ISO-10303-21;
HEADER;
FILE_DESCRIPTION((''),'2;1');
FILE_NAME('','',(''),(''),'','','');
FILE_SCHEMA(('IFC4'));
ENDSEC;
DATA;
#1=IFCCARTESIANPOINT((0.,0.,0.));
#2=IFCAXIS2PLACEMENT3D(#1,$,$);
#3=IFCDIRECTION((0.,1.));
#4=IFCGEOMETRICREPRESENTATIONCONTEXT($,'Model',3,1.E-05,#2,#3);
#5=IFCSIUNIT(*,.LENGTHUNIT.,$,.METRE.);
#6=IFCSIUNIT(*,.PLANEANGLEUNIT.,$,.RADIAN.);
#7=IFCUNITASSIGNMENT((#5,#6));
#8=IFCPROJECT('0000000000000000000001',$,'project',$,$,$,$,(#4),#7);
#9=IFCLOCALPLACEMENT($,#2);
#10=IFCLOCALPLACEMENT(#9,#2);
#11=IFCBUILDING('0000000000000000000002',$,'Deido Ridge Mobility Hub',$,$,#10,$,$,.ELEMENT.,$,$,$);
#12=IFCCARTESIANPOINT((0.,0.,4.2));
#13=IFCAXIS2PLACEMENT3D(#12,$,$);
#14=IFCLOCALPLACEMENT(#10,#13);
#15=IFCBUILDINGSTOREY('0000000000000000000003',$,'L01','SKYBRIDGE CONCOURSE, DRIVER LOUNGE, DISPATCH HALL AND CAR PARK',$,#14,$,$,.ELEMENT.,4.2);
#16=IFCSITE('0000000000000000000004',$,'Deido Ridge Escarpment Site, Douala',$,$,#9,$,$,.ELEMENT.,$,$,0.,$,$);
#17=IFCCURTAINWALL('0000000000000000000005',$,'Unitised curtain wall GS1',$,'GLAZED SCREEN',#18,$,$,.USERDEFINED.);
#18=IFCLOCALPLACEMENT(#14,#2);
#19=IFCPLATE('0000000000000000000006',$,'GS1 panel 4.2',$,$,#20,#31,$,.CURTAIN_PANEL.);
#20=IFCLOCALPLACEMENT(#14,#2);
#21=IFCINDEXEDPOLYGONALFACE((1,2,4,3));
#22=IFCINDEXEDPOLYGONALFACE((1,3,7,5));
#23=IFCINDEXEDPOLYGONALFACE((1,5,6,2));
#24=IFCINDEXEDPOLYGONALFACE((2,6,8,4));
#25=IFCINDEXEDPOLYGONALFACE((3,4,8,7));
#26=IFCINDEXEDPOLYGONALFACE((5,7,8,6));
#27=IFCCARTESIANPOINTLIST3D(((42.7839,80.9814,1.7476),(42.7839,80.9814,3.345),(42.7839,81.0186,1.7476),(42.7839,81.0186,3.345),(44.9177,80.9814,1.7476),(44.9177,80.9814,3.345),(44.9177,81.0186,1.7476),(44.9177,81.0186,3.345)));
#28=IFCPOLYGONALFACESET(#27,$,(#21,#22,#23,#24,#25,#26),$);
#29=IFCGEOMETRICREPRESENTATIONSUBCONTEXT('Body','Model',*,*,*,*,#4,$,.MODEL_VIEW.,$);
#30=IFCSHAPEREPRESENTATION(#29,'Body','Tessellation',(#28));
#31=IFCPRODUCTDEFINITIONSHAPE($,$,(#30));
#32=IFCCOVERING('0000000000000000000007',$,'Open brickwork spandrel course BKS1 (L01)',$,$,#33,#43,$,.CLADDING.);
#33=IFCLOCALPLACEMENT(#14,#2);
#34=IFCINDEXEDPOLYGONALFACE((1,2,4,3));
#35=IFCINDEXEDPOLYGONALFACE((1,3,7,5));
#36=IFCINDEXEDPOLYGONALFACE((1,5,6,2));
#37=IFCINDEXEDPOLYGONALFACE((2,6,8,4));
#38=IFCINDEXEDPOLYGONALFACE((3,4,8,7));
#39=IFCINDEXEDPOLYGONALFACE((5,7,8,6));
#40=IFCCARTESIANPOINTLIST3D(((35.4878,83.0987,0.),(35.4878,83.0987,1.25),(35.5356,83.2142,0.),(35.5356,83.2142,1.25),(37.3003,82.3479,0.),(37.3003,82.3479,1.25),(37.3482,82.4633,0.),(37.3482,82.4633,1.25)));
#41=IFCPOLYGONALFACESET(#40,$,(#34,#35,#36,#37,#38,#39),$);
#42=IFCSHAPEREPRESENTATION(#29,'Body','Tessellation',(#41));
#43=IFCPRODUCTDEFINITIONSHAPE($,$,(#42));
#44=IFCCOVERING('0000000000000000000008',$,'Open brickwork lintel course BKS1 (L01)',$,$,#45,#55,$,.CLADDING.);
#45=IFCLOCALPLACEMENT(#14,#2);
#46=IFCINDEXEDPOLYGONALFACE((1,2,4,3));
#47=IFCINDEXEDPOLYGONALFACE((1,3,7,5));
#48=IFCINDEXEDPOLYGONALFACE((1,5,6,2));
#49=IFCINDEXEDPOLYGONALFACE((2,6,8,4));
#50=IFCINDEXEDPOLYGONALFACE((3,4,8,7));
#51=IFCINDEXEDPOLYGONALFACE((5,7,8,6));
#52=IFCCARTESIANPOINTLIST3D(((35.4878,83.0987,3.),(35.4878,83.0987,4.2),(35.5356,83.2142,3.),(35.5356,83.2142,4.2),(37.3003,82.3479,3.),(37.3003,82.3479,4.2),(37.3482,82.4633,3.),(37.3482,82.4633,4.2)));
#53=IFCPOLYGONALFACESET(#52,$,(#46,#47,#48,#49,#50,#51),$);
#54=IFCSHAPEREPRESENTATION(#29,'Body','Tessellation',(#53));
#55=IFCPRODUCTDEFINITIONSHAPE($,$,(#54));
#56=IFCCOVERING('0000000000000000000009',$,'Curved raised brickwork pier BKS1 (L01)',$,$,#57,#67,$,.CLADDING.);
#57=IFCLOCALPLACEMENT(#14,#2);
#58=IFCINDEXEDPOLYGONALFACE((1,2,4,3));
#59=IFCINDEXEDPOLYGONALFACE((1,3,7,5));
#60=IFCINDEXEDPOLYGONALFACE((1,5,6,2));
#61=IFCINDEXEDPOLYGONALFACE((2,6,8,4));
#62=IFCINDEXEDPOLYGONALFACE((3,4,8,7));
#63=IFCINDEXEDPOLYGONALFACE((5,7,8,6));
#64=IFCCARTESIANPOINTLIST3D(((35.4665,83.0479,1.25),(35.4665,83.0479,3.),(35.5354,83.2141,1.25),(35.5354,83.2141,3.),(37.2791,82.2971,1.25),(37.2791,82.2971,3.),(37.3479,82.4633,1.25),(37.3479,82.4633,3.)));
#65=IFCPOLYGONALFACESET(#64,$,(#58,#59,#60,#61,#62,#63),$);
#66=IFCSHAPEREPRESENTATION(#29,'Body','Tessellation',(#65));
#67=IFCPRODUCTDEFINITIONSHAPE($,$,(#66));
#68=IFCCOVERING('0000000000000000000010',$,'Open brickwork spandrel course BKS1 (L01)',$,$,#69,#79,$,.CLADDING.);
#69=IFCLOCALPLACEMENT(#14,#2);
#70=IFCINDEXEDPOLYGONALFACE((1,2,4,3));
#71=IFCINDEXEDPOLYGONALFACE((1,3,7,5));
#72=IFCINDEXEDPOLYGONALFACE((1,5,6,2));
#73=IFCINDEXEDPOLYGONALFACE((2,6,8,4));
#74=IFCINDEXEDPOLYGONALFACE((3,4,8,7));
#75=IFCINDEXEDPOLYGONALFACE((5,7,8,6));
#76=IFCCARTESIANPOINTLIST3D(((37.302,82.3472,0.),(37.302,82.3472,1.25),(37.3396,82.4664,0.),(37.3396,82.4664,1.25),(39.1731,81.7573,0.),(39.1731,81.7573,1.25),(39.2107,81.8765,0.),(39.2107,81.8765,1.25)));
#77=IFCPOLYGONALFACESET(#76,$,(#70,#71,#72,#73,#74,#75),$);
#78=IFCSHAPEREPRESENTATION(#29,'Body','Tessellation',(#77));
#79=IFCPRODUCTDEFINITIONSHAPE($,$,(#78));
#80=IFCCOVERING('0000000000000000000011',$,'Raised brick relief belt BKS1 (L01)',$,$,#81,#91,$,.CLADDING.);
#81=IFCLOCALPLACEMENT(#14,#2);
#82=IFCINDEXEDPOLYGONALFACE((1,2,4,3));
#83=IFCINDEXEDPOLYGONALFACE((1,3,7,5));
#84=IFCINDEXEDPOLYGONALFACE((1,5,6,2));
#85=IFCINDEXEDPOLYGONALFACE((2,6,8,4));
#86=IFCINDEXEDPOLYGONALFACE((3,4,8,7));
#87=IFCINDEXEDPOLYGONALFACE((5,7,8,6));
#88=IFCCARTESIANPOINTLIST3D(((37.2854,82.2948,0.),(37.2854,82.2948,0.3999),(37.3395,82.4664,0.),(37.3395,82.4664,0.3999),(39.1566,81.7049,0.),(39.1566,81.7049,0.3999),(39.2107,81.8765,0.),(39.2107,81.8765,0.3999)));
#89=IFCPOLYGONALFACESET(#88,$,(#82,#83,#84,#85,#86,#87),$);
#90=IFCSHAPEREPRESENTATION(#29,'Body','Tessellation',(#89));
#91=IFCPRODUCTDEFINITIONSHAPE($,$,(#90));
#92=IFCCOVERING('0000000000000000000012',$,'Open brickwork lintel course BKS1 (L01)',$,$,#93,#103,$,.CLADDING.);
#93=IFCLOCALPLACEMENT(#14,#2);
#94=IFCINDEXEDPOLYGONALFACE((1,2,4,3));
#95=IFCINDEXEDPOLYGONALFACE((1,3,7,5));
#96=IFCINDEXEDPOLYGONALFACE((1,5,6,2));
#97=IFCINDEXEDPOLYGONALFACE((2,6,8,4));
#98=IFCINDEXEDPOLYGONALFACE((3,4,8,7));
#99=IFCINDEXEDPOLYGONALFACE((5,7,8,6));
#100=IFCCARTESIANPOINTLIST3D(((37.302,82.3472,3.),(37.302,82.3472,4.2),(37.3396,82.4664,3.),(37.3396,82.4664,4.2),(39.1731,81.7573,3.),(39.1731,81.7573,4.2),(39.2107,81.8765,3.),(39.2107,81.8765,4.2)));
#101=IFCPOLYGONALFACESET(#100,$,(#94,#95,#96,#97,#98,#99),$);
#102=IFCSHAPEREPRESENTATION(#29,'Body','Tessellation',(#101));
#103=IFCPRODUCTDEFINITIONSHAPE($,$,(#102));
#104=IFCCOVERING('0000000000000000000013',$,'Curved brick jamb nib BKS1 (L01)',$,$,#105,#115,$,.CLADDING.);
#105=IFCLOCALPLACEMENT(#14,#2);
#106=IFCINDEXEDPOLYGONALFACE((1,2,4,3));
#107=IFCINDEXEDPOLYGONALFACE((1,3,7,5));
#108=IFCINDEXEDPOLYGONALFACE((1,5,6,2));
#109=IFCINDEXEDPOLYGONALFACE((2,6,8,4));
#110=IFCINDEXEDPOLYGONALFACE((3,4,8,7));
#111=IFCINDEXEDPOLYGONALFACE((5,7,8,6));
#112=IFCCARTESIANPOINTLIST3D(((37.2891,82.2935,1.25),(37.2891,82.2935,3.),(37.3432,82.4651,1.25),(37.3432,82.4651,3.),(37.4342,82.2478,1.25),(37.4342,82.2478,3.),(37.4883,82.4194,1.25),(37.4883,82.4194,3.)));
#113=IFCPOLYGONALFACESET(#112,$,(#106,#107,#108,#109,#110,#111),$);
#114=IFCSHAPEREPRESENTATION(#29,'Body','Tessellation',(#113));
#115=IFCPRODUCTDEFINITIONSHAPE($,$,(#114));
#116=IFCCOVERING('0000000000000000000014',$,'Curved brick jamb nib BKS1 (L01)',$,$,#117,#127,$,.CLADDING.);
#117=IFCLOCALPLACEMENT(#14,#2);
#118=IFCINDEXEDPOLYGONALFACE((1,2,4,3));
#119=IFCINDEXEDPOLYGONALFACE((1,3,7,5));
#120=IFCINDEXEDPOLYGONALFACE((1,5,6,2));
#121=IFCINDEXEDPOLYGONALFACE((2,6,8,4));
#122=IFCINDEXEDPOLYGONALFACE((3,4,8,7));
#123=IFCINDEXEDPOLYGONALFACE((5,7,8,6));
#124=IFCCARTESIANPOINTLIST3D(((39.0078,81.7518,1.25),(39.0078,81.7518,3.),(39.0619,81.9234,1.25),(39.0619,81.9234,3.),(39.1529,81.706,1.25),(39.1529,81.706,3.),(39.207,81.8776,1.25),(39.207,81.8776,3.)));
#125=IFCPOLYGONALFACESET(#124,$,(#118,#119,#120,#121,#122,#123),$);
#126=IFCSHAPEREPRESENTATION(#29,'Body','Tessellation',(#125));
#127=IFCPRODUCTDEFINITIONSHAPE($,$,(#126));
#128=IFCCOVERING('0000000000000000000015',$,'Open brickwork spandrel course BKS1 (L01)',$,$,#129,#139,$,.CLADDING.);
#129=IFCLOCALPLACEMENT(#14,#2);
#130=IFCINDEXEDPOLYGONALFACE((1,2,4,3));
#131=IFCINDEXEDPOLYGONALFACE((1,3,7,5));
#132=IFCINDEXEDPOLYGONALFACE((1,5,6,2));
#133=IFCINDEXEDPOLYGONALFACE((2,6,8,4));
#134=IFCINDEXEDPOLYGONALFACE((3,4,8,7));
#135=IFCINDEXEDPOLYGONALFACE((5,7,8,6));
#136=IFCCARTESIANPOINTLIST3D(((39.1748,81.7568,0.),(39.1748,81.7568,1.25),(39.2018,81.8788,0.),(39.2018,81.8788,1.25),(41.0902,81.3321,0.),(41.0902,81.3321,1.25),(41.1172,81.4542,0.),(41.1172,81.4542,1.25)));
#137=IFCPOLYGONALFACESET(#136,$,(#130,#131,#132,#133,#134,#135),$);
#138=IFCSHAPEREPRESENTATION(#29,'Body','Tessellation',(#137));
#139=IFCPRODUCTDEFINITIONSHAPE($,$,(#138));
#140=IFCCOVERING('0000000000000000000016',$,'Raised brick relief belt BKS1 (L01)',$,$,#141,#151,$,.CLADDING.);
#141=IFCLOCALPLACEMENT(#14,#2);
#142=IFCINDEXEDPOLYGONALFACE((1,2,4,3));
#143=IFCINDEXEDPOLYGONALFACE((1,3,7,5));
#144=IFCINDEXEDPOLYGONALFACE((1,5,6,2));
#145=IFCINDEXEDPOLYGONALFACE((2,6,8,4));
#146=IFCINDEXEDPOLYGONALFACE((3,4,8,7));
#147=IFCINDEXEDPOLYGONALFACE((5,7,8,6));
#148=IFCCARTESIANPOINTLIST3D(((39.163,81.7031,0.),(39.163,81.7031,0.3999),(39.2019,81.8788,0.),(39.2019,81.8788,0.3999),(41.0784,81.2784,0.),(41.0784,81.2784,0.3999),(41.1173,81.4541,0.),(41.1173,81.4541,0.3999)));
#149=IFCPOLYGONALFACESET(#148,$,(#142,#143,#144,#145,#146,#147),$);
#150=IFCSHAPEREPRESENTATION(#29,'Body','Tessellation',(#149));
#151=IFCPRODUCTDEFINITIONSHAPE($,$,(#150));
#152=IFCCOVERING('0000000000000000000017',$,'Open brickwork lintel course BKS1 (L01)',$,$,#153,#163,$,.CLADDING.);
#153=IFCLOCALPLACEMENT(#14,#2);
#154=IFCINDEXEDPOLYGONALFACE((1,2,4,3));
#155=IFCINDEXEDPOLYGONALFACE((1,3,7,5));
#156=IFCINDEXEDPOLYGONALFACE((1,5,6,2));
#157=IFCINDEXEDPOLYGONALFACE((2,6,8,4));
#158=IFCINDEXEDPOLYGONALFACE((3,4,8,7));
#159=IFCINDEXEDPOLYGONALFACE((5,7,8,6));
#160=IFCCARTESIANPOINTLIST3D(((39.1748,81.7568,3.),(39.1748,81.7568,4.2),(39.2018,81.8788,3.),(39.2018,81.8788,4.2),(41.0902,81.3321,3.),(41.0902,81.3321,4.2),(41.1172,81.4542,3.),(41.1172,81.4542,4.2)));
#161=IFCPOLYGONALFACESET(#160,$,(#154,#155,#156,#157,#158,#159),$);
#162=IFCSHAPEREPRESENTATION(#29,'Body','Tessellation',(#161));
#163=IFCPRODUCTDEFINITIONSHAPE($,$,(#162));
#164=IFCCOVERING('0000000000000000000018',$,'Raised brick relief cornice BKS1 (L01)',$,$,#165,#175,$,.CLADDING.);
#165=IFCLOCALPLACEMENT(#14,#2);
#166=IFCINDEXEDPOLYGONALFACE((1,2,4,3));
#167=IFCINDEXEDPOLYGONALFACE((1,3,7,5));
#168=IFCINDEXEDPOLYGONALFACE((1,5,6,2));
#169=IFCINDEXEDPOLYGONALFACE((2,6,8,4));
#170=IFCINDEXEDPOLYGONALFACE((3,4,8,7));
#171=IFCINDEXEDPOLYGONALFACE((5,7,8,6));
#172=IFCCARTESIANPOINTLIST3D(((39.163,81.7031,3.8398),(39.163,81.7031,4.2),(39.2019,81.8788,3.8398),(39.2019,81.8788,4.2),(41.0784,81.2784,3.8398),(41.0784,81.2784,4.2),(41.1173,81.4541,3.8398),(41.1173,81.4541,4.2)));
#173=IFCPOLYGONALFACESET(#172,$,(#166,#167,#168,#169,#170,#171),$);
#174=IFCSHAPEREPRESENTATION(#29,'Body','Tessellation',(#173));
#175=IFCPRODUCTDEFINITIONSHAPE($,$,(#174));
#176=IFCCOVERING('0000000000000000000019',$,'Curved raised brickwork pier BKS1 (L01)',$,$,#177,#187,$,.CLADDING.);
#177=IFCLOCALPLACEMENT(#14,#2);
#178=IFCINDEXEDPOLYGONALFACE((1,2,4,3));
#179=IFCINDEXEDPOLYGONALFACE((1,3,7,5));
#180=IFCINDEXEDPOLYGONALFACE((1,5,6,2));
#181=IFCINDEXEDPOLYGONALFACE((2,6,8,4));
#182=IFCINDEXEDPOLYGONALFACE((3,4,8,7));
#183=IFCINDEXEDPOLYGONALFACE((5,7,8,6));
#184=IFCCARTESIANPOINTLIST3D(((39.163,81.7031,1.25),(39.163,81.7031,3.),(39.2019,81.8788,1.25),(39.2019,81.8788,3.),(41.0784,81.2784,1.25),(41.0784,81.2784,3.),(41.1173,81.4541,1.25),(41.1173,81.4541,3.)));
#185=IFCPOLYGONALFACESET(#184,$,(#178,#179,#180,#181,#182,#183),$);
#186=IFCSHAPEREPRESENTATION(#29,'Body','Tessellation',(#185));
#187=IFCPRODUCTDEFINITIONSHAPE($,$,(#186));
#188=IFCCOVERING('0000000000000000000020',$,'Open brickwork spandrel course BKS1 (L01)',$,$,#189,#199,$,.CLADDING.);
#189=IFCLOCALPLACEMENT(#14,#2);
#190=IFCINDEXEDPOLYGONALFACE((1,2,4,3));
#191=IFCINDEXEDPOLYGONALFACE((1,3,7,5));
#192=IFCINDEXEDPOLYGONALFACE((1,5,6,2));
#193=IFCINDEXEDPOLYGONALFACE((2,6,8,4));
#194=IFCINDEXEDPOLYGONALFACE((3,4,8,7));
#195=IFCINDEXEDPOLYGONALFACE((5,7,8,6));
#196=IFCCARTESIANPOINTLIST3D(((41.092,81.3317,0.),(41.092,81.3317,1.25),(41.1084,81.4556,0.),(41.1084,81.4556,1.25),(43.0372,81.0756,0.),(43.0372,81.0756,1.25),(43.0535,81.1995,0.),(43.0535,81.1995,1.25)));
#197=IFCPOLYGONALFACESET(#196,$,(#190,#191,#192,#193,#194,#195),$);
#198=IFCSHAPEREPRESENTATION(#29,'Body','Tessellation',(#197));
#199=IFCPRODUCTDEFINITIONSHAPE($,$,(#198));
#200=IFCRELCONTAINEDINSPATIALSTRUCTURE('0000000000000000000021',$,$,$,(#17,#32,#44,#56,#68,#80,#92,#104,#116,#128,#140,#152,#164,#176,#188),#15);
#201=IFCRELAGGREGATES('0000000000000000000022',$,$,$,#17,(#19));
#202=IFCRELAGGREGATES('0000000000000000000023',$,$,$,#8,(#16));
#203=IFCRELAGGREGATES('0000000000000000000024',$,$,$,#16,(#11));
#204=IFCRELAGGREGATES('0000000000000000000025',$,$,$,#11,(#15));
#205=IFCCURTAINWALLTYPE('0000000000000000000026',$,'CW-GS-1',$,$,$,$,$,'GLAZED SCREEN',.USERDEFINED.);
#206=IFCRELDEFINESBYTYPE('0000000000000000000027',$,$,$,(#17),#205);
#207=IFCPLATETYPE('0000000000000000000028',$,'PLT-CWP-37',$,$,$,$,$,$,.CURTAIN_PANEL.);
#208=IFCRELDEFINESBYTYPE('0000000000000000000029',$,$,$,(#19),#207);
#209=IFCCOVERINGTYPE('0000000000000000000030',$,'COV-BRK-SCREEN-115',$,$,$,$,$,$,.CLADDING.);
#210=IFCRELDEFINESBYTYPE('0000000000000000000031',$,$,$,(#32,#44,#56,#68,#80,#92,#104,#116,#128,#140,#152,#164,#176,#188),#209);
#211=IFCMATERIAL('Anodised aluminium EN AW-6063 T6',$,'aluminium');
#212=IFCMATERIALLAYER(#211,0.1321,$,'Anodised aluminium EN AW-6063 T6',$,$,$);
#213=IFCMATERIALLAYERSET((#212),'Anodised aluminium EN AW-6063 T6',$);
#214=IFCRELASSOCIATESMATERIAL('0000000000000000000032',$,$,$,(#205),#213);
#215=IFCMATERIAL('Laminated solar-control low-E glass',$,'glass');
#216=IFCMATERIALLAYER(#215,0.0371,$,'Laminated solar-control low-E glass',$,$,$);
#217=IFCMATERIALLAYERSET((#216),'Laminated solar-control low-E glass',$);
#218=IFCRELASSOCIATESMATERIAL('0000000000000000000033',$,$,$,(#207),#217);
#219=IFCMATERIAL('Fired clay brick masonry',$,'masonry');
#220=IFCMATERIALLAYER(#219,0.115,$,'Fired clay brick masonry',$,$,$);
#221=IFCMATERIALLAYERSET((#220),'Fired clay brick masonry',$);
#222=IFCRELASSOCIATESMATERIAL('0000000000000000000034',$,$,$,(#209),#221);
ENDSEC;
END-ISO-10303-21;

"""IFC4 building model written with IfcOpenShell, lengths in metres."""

from ifc_helpers import new_model, si_unit, direction, frame, origin, origin_2d, place, context, subcontext, project, spatial, rectangle, extrude, material, layer, layer_set, type_object, element, aggregate, save


model = new_model("IFC4")

# Units and contexts
model_context = context("Model", 3, precision=1e-05, world=origin(), true_north=direction((0.0, 1.0)))
body_context = subcontext(model_context, "Body", "Model", "MODEL_VIEW")
ifc_project = project(units=[si_unit("LENGTHUNIT", "METRE"), si_unit("PLANEANGLEUNIT", "RADIAN")], contexts=[model_context])

# Site, building, storey
site_placement = place(None, origin())
site = spatial("IfcSite", under=ifc_project, at=site_placement, Name="Deido Ridge Escarpment Site, Douala", CompositionType="ELEMENT", RefElevation=0.0)
building_placement = place(site_placement, origin())
building = spatial("IfcBuilding", under=site, at=building_placement, Name="Deido Ridge Mobility Hub", CompositionType="ELEMENT")
storey_placement = place(building_placement, frame((0.0, 0.0, 4.2)))
storey = spatial("IfcBuildingStorey", under=building, at=storey_placement, Name="L01", Description="SKYBRIDGE CONCOURSE, DRIVER LOUNGE, DISPATCH HALL AND CAR PARK", CompositionType="ELEMENT", Elevation=4.2)

# Curtain wall, plate
ifc_material_1 = material(Name="Anodised aluminium EN AW-6063 T6", Category="aluminium")
ifc_layer_1 = layer(ifc_material_1, 0.1321, Name="Anodised aluminium EN AW-6063 T6")
ifc_layer_set_1 = layer_set([ifc_layer_1], Name="Anodised aluminium EN AW-6063 T6")
curtain_wall_type = type_object("IfcCurtainWallType", Name="CW-GS-1", ElementType="GLAZED SCREEN", PredefinedType="USERDEFINED", material=ifc_layer_set_1)
curtain_wall_placement = place(storey_placement, origin())
curtain_wall = element("IfcCurtainWall", 1, at=curtain_wall_placement, inside=storey, type_object=curtain_wall_type, Name="Unitised curtain wall GS1", ObjectType="GLAZED SCREEN", PredefinedType="USERDEFINED")
ifc_material_2 = material(Name="Laminated solar-control low-E glass", Category="glass")
ifc_layer_2 = layer(ifc_material_2, 0.0371, Name="Laminated solar-control low-E glass")
ifc_layer_set_2 = layer_set([ifc_layer_2], Name="Laminated solar-control low-E glass")
plate_type = type_object("IfcPlateType", Name="PLT-CWP-37", PredefinedType="CURTAIN_PANEL", material=ifc_layer_set_2)
plate_1_placement = place(storey_placement, frame((43.8508, 81.0, 1.7476), z_axis=(0.0, 0.0, 1.0), x_axis=(1.0, 0.0, 0.0)))
plate_1 = element("IfcPlate", 2, at=plate_1_placement, type_object=plate_type, Name="GS1 panel 4.2", PredefinedType="CURTAIN_PANEL", context=body_context, shape_type="SweptSolid", body=[
    extrude(rectangle(XDim=2.1338, YDim=0.0371, at=origin_2d()), origin(), (0.0, 0.0, 1.0), 1.5974),
])
aggregate(curtain_wall, [plate_1])

# Coverings
ifc_material_3 = material(Name="Fired clay brick masonry", Category="masonry")
ifc_layer_3 = layer(ifc_material_3, 0.115, Name="Fired clay brick masonry")
ifc_layer_set_3 = layer_set([ifc_layer_3], Name="Fired clay brick masonry")
covering_type = type_object("IfcCoveringType", Name="COV-BRK-SCREEN-115", PredefinedType="CLADDING", material=ifc_layer_set_3)
covering_1_placement = place(storey_placement, frame((36.418, 82.781, 0.0), z_axis=(0.0, 0.0, 1.0), x_axis=(0.923873, -0.3827, 0.0)))
element("IfcCovering", 3, at=covering_1_placement, inside=storey, type_object=covering_type, Name="Open brickwork spandrel course BKS1 (L01)", PredefinedType="CLADDING", context=body_context, shape_type="SweptSolid", body=[
    extrude(rectangle(XDim=1.9619, YDim=0.125, at=origin_2d()), origin(), (0.0, 0.0, 1.0), 1.25),
])
covering_2_placement = place(storey_placement, frame((36.418, 82.781, 3.0), z_axis=(0.0, 0.0, 1.0), x_axis=(0.923873, -0.3827, 0.0)))
element("IfcCovering", 4, at=covering_2_placement, inside=storey, type_object=covering_type, Name="Open brickwork lintel course BKS1 (L01)", PredefinedType="CLADDING", context=body_context, shape_type="SweptSolid", body=[
    extrude(rectangle(XDim=1.9619, YDim=0.125, at=origin_2d()), origin(), (0.0, 0.0, 1.0), 1.2),
])
covering_3_placement = place(storey_placement, frame((36.4072, 82.7556, 1.25), z_axis=(0.0, 0.0, 1.0), x_axis=(0.923873, -0.3827, 0.0)))
element("IfcCovering", 5, at=covering_3_placement, inside=storey, type_object=covering_type, Name="Curved raised brickwork pier BKS1 (L01)", PredefinedType="CLADDING", context=body_context, shape_type="SweptSolid", body=[
    extrude(rectangle(XDim=1.9619, YDim=0.1799, at=origin_2d()), origin(), (0.0, 0.0, 1.0), 1.75),
])
covering_4_placement = place(storey_placement, frame((38.2563, 82.1118, 0.0), z_axis=(0.0, 0.0, 1.0), x_axis=(0.953727, -0.300673, 0.0)))
element("IfcCovering", 6, at=covering_4_placement, inside=storey, type_object=covering_type, Name="Open brickwork spandrel course BKS1 (L01)", PredefinedType="CLADDING", context=body_context, shape_type="SweptSolid", body=[
    extrude(rectangle(XDim=1.9619, YDim=0.125, at=origin_2d()), origin(), (0.0, 0.0, 1.0), 1.25),
])
covering_5_placement = place(storey_placement, frame((38.248, 82.0857, 0.0), z_axis=(0.0, 0.0, 1.0), x_axis=(0.953727, -0.300673, 0.0)))
element("IfcCovering", 7, at=covering_5_placement, inside=storey, type_object=covering_type, Name="Raised brick relief belt BKS1 (L01)", PredefinedType="CLADDING", context=body_context, shape_type="SweptSolid", body=[
    extrude(rectangle(XDim=1.9619, YDim=0.1799, at=origin_2d()), origin(), (0.0, 0.0, 1.0), 0.3999),
])
covering_6_placement = place(storey_placement, frame((38.2563, 82.1118, 3.0), z_axis=(0.0, 0.0, 1.0), x_axis=(0.953727, -0.300673, 0.0)))
element("IfcCovering", 8, at=covering_6_placement, inside=storey, type_object=covering_type, Name="Open brickwork lintel course BKS1 (L01)", PredefinedType="CLADDING", context=body_context, shape_type="SweptSolid", body=[
    extrude(rectangle(XDim=1.9619, YDim=0.125, at=origin_2d()), origin(), (0.0, 0.0, 1.0), 1.2),
])
for number, where, z_axis, x_axis, name in (
    (9, (37.3887, 82.3564, 1.25), (0.0, 0.0, 1.0), (0.953727, -0.300673, 0.0), "Curved brick jamb nib BKS1 (L01)"),
    (10, (39.1074, 81.8147, 1.25), (0.0, 0.0, 1.0), (0.953727, -0.300673, 0.0), "Curved brick jamb nib BKS1 (L01)"),
):
    element("IfcCovering", number, at=place(storey_placement, frame(where, z_axis=z_axis, x_axis=x_axis)), inside=storey, type_object=covering_type, Name=name, PredefinedType="CLADDING", context=body_context, shape_type="SweptSolid", body=[
        extrude(rectangle(XDim=0.1521, YDim=0.1799, at=origin_2d()), origin(), (0.0, 0.0, 1.0), 1.75),
    ])
covering_7_placement = place(storey_placement, frame((40.146, 81.6055, 0.0), z_axis=(0.0, 0.0, 1.0), x_axis=(0.976292, -0.216457, 0.0)))
element("IfcCovering", 11, at=covering_7_placement, inside=storey, type_object=covering_type, Name="Open brickwork spandrel course BKS1 (L01)", PredefinedType="CLADDING", context=body_context, shape_type="SweptSolid", body=[
    extrude(rectangle(XDim=1.9619, YDim=0.125, at=origin_2d()), origin(), (0.0, 0.0, 1.0), 1.25),
])
covering_8_placement = place(storey_placement, frame((40.1401, 81.5786, 0.0), z_axis=(0.0, 0.0, 1.0), x_axis=(0.976292, -0.216457, 0.0)))
element("IfcCovering", 12, at=covering_8_placement, inside=storey, type_object=covering_type, Name="Raised brick relief belt BKS1 (L01)", PredefinedType="CLADDING", context=body_context, shape_type="SweptSolid", body=[
    extrude(rectangle(XDim=1.9619, YDim=0.1799, at=origin_2d()), origin(), (0.0, 0.0, 1.0), 0.3999),
])
covering_9_placement = place(storey_placement, frame((40.146, 81.6055, 3.0), z_axis=(0.0, 0.0, 1.0), x_axis=(0.976292, -0.216457, 0.0)))
element("IfcCovering", 13, at=covering_9_placement, inside=storey, type_object=covering_type, Name="Open brickwork lintel course BKS1 (L01)", PredefinedType="CLADDING", context=body_context, shape_type="SweptSolid", body=[
    extrude(rectangle(XDim=1.9619, YDim=0.125, at=origin_2d()), origin(), (0.0, 0.0, 1.0), 1.2),
])
covering_10_placement = place(storey_placement, frame((40.1401, 81.5786, 3.8398), z_axis=(0.0, 0.0, 1.0), x_axis=(0.976292, -0.216457, 0.0)))
element("IfcCovering", 14, at=covering_10_placement, inside=storey, type_object=covering_type, Name="Raised brick relief cornice BKS1 (L01)", PredefinedType="CLADDING", context=body_context, shape_type="SweptSolid", body=[
    extrude(rectangle(XDim=1.9619, YDim=0.1799, at=origin_2d()), origin(), (0.0, 0.0, 1.0), 0.3601),
])
covering_11_placement = place(storey_placement, frame((40.1401, 81.5786, 1.25), z_axis=(0.0, 0.0, 1.0), x_axis=(0.976292, -0.216457, 0.0)))
element("IfcCovering", 15, at=covering_11_placement, inside=storey, type_object=covering_type, Name="Curved raised brickwork pier BKS1 (L01)", PredefinedType="CLADDING", context=body_context, shape_type="SweptSolid", body=[
    extrude(rectangle(XDim=1.9619, YDim=0.1799, at=origin_2d()), origin(), (0.0, 0.0, 1.0), 1.75),
])
covering_12_placement = place(storey_placement, frame((42.0728, 81.2656, 0.0), z_axis=(0.0, 0.0, 1.0), x_axis=(0.991443, -0.130543, 0.0)))
element("IfcCovering", 16, at=covering_12_placement, inside=storey, type_object=covering_type, Name="Open brickwork spandrel course BKS1 (L01)", PredefinedType="CLADDING", context=body_context, shape_type="SweptSolid", body=[
    extrude(rectangle(XDim=1.9619, YDim=0.125, at=origin_2d()), origin(), (0.0, 0.0, 1.0), 1.25),
])

save(model, "model.ifc")
